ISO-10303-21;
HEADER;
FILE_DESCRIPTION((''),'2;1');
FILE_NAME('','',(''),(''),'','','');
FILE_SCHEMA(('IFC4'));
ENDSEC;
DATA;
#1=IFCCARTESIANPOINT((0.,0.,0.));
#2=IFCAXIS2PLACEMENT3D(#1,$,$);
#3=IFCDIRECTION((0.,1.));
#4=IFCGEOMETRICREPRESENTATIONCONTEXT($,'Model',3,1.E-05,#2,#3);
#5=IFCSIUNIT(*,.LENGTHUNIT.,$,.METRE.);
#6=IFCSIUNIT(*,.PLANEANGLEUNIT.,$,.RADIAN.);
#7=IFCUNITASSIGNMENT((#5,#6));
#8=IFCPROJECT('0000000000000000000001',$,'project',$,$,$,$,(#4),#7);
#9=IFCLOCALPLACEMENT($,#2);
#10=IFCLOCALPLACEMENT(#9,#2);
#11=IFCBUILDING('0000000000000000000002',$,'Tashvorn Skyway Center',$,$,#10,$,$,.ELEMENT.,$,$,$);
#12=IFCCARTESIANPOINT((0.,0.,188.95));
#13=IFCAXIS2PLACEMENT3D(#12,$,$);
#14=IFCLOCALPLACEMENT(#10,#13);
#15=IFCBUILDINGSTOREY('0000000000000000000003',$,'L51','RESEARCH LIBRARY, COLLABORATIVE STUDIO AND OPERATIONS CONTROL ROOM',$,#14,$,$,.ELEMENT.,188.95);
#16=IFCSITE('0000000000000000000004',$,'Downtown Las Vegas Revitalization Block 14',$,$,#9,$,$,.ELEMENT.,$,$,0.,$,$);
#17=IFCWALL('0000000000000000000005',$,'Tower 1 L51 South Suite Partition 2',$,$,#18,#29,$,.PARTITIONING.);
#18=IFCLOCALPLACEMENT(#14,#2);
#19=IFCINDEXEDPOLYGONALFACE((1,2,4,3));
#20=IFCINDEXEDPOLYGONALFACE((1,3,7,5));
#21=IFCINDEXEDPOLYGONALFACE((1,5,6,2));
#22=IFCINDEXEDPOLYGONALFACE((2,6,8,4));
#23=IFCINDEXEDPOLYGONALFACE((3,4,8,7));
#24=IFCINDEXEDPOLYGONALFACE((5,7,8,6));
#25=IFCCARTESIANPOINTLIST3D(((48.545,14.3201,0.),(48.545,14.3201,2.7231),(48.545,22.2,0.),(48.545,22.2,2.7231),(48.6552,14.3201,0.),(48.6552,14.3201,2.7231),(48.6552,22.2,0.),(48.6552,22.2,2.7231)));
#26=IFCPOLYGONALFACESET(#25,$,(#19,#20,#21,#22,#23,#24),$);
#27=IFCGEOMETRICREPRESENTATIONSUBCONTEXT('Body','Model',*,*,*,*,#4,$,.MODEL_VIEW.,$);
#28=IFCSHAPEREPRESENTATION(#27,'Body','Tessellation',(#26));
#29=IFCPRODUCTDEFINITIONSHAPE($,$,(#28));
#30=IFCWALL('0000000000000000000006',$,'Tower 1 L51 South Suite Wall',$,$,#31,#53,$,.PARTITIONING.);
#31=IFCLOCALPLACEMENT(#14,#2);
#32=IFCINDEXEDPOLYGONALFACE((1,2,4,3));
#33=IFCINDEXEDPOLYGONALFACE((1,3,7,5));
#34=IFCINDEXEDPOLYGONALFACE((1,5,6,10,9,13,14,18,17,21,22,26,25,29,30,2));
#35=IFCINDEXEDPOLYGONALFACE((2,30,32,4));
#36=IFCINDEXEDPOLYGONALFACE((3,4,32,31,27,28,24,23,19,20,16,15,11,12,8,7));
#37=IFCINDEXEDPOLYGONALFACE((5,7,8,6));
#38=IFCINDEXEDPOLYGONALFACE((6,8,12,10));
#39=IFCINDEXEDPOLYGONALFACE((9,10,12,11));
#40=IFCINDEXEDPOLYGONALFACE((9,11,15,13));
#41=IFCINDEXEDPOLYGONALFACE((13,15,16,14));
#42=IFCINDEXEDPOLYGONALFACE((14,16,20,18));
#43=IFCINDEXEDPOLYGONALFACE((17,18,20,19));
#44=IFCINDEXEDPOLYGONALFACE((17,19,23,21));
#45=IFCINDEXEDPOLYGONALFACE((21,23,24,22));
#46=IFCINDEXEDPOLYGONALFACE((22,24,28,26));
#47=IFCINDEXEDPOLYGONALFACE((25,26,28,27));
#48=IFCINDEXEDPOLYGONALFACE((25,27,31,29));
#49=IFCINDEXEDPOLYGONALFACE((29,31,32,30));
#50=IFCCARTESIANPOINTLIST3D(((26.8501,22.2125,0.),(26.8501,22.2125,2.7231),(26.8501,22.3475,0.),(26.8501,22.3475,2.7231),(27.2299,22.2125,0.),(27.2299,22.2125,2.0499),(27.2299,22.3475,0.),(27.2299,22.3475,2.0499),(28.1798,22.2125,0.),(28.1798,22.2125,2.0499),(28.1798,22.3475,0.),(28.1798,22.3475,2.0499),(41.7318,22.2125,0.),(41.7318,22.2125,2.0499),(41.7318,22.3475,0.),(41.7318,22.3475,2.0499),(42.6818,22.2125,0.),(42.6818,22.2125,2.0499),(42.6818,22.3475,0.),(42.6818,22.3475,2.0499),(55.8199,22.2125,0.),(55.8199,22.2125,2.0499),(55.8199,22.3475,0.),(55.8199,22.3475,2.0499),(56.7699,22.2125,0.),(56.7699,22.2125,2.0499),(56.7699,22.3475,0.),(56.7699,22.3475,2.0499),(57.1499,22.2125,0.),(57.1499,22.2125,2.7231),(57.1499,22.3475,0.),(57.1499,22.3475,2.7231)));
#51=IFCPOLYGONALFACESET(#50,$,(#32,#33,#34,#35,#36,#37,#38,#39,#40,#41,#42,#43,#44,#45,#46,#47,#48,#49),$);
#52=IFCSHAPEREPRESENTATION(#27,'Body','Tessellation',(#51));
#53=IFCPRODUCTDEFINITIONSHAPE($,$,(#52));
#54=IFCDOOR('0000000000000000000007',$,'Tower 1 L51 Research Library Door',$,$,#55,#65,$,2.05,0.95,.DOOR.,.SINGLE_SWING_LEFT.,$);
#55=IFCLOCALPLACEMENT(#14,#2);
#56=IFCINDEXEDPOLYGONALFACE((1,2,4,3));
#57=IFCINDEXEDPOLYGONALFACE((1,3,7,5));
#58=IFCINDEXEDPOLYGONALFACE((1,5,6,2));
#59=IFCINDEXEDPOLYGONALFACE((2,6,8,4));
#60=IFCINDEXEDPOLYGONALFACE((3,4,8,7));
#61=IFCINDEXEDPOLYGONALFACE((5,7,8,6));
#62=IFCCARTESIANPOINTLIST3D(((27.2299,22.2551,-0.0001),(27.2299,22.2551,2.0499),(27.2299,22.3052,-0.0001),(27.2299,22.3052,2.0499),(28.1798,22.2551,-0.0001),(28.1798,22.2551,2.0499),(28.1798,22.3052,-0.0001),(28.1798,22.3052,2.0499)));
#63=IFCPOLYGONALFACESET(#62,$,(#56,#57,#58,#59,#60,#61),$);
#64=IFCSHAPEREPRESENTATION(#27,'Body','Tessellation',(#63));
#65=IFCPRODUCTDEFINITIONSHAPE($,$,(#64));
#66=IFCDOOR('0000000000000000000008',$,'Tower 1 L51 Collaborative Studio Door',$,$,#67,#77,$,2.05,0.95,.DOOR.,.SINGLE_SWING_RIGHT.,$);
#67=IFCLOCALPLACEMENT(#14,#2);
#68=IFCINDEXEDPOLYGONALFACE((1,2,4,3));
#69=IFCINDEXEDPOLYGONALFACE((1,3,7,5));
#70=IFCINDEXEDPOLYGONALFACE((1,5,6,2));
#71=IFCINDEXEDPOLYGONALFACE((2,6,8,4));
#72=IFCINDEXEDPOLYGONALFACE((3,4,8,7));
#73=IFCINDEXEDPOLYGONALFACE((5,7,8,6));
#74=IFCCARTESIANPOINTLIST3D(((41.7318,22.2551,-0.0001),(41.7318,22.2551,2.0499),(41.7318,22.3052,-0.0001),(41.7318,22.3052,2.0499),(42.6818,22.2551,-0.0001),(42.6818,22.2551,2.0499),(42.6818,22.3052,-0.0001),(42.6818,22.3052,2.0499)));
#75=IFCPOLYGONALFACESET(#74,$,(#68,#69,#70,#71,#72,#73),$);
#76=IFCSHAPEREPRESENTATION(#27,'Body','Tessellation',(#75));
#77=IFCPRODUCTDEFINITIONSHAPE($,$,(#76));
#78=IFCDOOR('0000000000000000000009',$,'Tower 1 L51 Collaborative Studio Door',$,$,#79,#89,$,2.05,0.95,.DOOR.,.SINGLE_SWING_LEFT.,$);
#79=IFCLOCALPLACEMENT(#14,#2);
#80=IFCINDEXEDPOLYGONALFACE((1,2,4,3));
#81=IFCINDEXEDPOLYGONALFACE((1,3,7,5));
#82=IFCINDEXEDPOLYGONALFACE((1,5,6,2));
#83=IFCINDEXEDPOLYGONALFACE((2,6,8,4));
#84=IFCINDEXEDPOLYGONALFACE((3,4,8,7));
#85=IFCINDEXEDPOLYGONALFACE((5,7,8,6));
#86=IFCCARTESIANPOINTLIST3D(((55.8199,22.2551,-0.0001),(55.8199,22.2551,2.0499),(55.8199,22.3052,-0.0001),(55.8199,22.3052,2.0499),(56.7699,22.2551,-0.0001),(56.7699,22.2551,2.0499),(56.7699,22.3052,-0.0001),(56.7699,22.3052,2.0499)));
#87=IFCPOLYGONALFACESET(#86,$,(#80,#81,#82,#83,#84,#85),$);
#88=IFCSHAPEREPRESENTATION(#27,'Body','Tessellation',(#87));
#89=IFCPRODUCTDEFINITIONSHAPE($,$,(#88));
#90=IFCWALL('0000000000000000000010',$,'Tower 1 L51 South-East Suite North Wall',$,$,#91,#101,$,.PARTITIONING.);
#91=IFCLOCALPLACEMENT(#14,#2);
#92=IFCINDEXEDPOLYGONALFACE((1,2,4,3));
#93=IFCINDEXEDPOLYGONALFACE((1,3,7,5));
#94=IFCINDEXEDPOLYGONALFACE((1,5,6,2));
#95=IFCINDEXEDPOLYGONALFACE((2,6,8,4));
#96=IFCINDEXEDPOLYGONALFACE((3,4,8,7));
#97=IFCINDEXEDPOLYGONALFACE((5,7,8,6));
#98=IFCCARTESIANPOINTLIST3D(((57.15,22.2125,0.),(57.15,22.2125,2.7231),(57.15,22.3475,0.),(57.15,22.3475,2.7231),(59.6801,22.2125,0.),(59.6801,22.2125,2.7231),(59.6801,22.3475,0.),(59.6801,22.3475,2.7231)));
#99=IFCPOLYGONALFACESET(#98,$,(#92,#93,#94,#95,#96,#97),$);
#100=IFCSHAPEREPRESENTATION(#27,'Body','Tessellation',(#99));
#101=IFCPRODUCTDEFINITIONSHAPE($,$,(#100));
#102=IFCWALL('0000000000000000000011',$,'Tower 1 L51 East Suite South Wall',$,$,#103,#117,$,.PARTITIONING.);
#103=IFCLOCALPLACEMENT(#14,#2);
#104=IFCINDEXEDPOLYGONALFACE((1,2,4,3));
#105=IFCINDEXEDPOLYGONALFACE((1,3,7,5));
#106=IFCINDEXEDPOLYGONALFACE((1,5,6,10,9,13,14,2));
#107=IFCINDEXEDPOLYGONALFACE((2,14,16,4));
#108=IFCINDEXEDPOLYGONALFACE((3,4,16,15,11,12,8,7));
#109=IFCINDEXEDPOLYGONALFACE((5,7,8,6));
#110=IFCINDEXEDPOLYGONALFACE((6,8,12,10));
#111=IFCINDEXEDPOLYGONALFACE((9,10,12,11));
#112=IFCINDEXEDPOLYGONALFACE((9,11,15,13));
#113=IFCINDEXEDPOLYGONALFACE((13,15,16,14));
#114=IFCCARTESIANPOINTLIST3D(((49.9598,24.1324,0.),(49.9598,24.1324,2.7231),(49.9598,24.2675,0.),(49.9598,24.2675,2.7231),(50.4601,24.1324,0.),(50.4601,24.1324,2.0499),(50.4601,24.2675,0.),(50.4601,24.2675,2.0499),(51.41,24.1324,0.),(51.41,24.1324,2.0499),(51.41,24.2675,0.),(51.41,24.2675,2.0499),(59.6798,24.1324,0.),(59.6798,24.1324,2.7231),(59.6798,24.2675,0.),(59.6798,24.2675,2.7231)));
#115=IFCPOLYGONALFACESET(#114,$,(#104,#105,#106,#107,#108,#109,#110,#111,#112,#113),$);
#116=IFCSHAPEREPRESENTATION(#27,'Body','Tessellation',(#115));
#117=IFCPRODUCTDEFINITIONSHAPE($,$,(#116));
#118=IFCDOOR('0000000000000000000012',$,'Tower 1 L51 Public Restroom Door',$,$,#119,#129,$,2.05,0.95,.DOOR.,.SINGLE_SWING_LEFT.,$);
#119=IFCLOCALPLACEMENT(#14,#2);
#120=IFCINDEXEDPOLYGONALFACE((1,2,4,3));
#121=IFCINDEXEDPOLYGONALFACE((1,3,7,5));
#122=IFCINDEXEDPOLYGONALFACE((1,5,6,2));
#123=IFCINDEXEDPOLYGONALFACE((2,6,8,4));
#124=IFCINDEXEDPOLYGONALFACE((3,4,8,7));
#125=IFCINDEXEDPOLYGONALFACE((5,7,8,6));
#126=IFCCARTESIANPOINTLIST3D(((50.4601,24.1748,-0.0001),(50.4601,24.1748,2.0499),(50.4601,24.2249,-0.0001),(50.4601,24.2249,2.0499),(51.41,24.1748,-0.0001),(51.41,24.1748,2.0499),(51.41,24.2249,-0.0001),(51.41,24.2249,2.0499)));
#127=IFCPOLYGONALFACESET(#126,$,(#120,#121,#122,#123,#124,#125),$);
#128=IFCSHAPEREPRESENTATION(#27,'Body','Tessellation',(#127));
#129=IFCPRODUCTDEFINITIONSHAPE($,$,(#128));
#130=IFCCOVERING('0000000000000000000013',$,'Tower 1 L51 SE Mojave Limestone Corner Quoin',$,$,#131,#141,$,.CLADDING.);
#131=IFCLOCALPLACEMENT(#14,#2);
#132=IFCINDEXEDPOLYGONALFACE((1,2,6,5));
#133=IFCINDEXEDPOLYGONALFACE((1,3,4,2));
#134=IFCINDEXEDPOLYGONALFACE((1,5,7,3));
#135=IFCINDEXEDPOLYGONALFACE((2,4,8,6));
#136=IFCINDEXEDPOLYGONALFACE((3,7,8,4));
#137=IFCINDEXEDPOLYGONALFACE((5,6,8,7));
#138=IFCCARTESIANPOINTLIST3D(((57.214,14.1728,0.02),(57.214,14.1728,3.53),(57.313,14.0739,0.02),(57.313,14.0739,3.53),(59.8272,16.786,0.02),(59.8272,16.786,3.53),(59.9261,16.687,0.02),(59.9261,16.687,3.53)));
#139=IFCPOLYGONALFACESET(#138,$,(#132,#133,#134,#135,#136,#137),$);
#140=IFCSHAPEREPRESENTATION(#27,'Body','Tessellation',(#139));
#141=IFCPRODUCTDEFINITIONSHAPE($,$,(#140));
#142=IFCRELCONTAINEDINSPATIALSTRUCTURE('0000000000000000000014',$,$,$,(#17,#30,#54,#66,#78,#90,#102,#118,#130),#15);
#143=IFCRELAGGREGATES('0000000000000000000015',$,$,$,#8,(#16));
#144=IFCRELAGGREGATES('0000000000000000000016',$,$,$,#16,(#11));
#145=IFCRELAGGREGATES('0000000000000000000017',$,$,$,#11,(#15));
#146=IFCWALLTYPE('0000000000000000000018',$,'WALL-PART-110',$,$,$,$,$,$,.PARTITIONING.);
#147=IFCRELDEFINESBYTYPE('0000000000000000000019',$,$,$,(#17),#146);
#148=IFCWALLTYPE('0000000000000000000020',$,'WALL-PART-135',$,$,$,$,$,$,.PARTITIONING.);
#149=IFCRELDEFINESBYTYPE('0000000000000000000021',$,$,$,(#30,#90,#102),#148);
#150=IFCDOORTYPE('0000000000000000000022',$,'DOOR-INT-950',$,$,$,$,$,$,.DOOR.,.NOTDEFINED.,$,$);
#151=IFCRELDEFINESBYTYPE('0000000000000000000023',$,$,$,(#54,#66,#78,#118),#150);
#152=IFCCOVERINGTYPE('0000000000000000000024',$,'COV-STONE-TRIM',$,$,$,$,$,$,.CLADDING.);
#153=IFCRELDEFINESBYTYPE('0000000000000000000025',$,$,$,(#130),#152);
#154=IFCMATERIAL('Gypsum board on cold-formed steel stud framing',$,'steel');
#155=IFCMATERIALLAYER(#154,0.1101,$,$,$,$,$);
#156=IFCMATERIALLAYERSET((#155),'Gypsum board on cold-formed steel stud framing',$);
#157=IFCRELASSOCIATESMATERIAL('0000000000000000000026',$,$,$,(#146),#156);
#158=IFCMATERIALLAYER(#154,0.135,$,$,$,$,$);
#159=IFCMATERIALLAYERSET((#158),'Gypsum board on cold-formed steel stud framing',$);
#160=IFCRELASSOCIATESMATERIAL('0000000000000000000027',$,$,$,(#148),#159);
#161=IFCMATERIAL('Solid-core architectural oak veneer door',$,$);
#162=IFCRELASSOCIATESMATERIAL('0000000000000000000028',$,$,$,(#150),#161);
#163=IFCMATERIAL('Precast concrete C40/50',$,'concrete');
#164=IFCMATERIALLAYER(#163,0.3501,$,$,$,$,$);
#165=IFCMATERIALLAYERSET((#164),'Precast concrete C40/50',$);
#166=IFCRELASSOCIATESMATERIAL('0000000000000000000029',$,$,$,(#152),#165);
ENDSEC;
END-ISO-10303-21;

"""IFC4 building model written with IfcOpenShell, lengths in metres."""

from ifc_helpers import new_model, si_unit, direction, frame, frame_2d, origin, origin_2d, place, context, subcontext, project, spatial, rectangle, extrude, material, layer, layer_set, type_object, element, fill, save


model = new_model("IFC4")

# Units and contexts
model_context = context("Model", 3, precision=1e-05, world=origin(), true_north=direction((0.0, 1.0)))
body_context = subcontext(model_context, "Body", "Model", "MODEL_VIEW")
ifc_project = project(units=[si_unit("LENGTHUNIT", "METRE"), si_unit("PLANEANGLEUNIT", "RADIAN")], contexts=[model_context])

# Site, building, storey
site_placement = place(None, origin())
site = spatial("IfcSite", under=ifc_project, at=site_placement, Name="Downtown Las Vegas Revitalization Block 14", CompositionType="ELEMENT", RefElevation=0.0)
building_placement = place(site_placement, origin())
building = spatial("IfcBuilding", under=site, at=building_placement, Name="Tashvorn Skyway Center", CompositionType="ELEMENT")
storey_placement = place(building_placement, frame((0.0, 0.0, 188.95)))
storey = spatial("IfcBuildingStorey", under=building, at=storey_placement, Name="L51", Description="RESEARCH LIBRARY, COLLABORATIVE STUDIO AND OPERATIONS CONTROL ROOM", CompositionType="ELEMENT", Elevation=188.95)

# Wall
ifc_material_1 = material(Name="Gypsum board on cold-formed steel stud framing", Category="steel")
ifc_layer_1 = layer(ifc_material_1, 0.1101)
ifc_layer_set_1 = layer_set([ifc_layer_1], Name="Gypsum board on cold-formed steel stud framing")
wall_type_1 = type_object("IfcWallType", Name="WALL-PART-110", PredefinedType="PARTITIONING", material=ifc_layer_set_1)
wall_1_placement = place(storey_placement, frame((48.6001, 14.3201, 0.0), z_axis=(0.0, 0.0, 1.0), x_axis=(0.0, 1.0, 0.0)))
element("IfcWall", 1, at=wall_1_placement, inside=storey, type_object=wall_type_1, Name="Tower 1 L51 South Suite Partition 2", PredefinedType="PARTITIONING", context=body_context, shape_type="SweptSolid", body=[
    extrude(rectangle(XDim=7.8799, YDim=0.1101, at=frame_2d((3.9399, 0.0))), origin(), (0.0, 0.0, 1.0), 2.7231),
])

# Wall, openings, doors
ifc_layer_2 = layer(ifc_material_1, 0.135)
ifc_layer_set_2 = layer_set([ifc_layer_2], Name="Gypsum board on cold-formed steel stud framing")
wall_type_2 = type_object("IfcWallType", Name="WALL-PART-135", PredefinedType="PARTITIONING", material=ifc_layer_set_2)
wall_2_placement = place(storey_placement, frame((57.1499, 22.28, 0.0), z_axis=(0.0, 0.0, 1.0), x_axis=(-1.0, 0.0, 0.0)))
wall_2 = element("IfcWall", 2, at=wall_2_placement, inside=storey, type_object=wall_type_2, Name="Tower 1 L51 South Suite Wall", PredefinedType="PARTITIONING", context=body_context, shape_type="SweptSolid", body=[
    extrude(rectangle(XDim=30.2998, YDim=0.135, at=frame_2d((15.1499, 0.0))), origin(), (0.0, 0.0, 1.0), 2.7231),
])
opening_1_placement = place(wall_2_placement, frame((28.97, 0.0, 0.0)))
opening_1 = element("IfcOpeningElement", 3, at=opening_1_placement, cuts=wall_2, PredefinedType="OPENING", context=body_context, shape_type="SweptSolid", body=[
    extrude(rectangle(XDim=0.95, YDim=2.05, at=frame_2d((0.4751, 1.0249))), frame((0.0, 0.0774, 0.0), z_axis=(0.0, -1.0, 0.0), x_axis=(1.0, 0.0, 0.0)), (0.0, 0.0, 1.0), 0.155),
])
opening_2_placement = place(wall_2_placement, frame((14.468, 0.0, 0.0)))
opening_2 = element("IfcOpeningElement", 4, at=opening_2_placement, cuts=wall_2, PredefinedType="OPENING", context=body_context, shape_type="SweptSolid", body=[
    extrude(rectangle(XDim=0.95, YDim=2.05, at=frame_2d((0.4751, 1.0249))), frame((0.0, 0.0774, 0.0), z_axis=(0.0, -1.0, 0.0), x_axis=(1.0, 0.0, 0.0)), (0.0, 0.0, 1.0), 0.155),
])
opening_3_placement = place(wall_2_placement, frame((0.3799, 0.0, 0.0)))
opening_3 = element("IfcOpeningElement", 5, at=opening_3_placement, cuts=wall_2, PredefinedType="OPENING", context=body_context, shape_type="SweptSolid", body=[
    extrude(rectangle(XDim=0.95, YDim=2.05, at=frame_2d((0.4751, 1.0249))), frame((0.0, 0.0774, 0.0), z_axis=(0.0, -1.0, 0.0), x_axis=(1.0, 0.0, 0.0)), (0.0, 0.0, 1.0), 0.155),
])
ifc_material_2 = material(Name="Solid-core architectural oak veneer door")
door_type = type_object("IfcDoorType", Name="DOOR-INT-950", OperationType="NOTDEFINED", PredefinedType="DOOR", material=ifc_material_2)
door_1_placement = place(opening_1_placement, origin())
door_1 = element("IfcDoor", 6, at=door_1_placement, inside=storey, type_object=door_type, Name="Tower 1 L51 Research Library Door", OperationType="SINGLE_SWING_LEFT", OverallHeight=2.05, OverallWidth=0.95, PredefinedType="DOOR", context=body_context, shape_type="SweptSolid", body=[
    extrude(rectangle(XDim=0.95, YDim=2.05, at=frame_2d((0.4751, 1.0249))), frame((0.0, 0.0249, 0.0), z_axis=(0.0, -1.0, 0.0), x_axis=(1.0, 0.0, 0.0)), (0.0, 0.0, 1.0), 0.05),
])
fill(opening_1, door_1)
door_2_placement = place(opening_2_placement, origin())
door_2 = element("IfcDoor", 7, at=door_2_placement, inside=storey, type_object=door_type, Name="Tower 1 L51 Collaborative Studio Door", OperationType="SINGLE_SWING_RIGHT", OverallHeight=2.05, OverallWidth=0.95, PredefinedType="DOOR", context=body_context, shape_type="SweptSolid", body=[
    extrude(rectangle(XDim=0.95, YDim=2.05, at=frame_2d((0.4751, 1.0249))), frame((0.0, 0.0249, 0.0), z_axis=(0.0, -1.0, 0.0), x_axis=(1.0, 0.0, 0.0)), (0.0, 0.0, 1.0), 0.05),
])
fill(opening_2, door_2)
door_3_placement = place(opening_3_placement, origin())
door_3 = element("IfcDoor", 8, at=door_3_placement, inside=storey, type_object=door_type, Name="Tower 1 L51 Collaborative Studio Door", OperationType="SINGLE_SWING_LEFT", OverallHeight=2.05, OverallWidth=0.95, PredefinedType="DOOR", context=body_context, shape_type="SweptSolid", body=[
    extrude(rectangle(XDim=0.95, YDim=2.05, at=frame_2d((0.4751, 1.0249))), frame((0.0, 0.0249, 0.0), z_axis=(0.0, -1.0, 0.0), x_axis=(1.0, 0.0, 0.0)), (0.0, 0.0, 1.0), 0.05),
])
fill(opening_3, door_3)

# Wall
wall_3_placement = place(storey_placement, frame((57.1499, 22.28, 0.0), z_axis=(0.0, 0.0, 1.0), x_axis=(1.0, 0.0, 0.0)))
element("IfcWall", 9, at=wall_3_placement, inside=storey, type_object=wall_type_2, Name="Tower 1 L51 South-East Suite North Wall", PredefinedType="PARTITIONING", context=body_context, shape_type="SweptSolid", body=[
    extrude(rectangle(XDim=2.53, YDim=0.135, at=frame_2d((1.2651, 0.0))), origin(), (0.0, 0.0, 1.0), 2.7231),
])

# Wall, opening, door
wall_4_placement = place(storey_placement, frame((49.96, 24.2, 0.0), z_axis=(0.0, 0.0, 1.0), x_axis=(1.0, 0.0, 0.0)))
wall_4 = element("IfcWall", 10, at=wall_4_placement, inside=storey, type_object=wall_type_2, Name="Tower 1 L51 East Suite South Wall", PredefinedType="PARTITIONING", context=body_context, shape_type="SweptSolid", body=[
    extrude(rectangle(XDim=9.72, YDim=0.135, at=frame_2d((4.8599, 0.0))), origin(), (0.0, 0.0, 1.0), 2.7231),
])
opening_4_placement = place(wall_4_placement, frame((0.5, 0.0, 0.0)))
opening_4 = element("IfcOpeningElement", 11, at=opening_4_placement, cuts=wall_4, PredefinedType="OPENING", context=body_context, shape_type="SweptSolid", body=[
    extrude(rectangle(XDim=0.95, YDim=2.05, at=frame_2d((0.4751, 1.0249))), frame((0.0, 0.0774, 0.0), z_axis=(0.0, -1.0, 0.0), x_axis=(1.0, 0.0, 0.0)), (0.0, 0.0, 1.0), 0.155),
])
door_4_placement = place(opening_4_placement, origin())
door_4 = element("IfcDoor", 12, at=door_4_placement, inside=storey, type_object=door_type, Name="Tower 1 L51 Public Restroom Door", OperationType="SINGLE_SWING_LEFT", OverallHeight=2.05, OverallWidth=0.95, PredefinedType="DOOR", context=body_context, shape_type="SweptSolid", body=[
    extrude(rectangle(XDim=0.95, YDim=2.05, at=frame_2d((0.4751, 1.0249))), frame((0.0, 0.0249, 0.0), z_axis=(0.0, -1.0, 0.0), x_axis=(1.0, 0.0, 0.0)), (0.0, 0.0, 1.0), 0.05),
])
fill(opening_4, door_4)

# Covering
ifc_material_3 = material(Name="Precast concrete C40/50", Category="concrete")
ifc_layer_3 = layer(ifc_material_3, 0.3501)
ifc_layer_set_3 = layer_set([ifc_layer_3], Name="Precast concrete C40/50")
covering_type = type_object("IfcCoveringType", Name="COV-STONE-TRIM", PredefinedType="CLADDING", material=ifc_layer_set_3)
covering_placement = place(storey_placement, frame((58.5701, 15.4299, 0.02), z_axis=(0.0, 0.0, 1.0), x_axis=(0.707107, 0.707107, 0.0)))
element("IfcCovering", 13, at=covering_placement, inside=storey, type_object=covering_type, Name="Tower 1 L51 SE Mojave Limestone Corner Quoin", PredefinedType="CLADDING", context=body_context, shape_type="SweptSolid", body=[
    extrude(rectangle(XDim=3.6956, YDim=0.1399, at=origin_2d()), origin(), (0.0, 0.0, 1.0), 3.51),
])

save(model, "model.ifc")
